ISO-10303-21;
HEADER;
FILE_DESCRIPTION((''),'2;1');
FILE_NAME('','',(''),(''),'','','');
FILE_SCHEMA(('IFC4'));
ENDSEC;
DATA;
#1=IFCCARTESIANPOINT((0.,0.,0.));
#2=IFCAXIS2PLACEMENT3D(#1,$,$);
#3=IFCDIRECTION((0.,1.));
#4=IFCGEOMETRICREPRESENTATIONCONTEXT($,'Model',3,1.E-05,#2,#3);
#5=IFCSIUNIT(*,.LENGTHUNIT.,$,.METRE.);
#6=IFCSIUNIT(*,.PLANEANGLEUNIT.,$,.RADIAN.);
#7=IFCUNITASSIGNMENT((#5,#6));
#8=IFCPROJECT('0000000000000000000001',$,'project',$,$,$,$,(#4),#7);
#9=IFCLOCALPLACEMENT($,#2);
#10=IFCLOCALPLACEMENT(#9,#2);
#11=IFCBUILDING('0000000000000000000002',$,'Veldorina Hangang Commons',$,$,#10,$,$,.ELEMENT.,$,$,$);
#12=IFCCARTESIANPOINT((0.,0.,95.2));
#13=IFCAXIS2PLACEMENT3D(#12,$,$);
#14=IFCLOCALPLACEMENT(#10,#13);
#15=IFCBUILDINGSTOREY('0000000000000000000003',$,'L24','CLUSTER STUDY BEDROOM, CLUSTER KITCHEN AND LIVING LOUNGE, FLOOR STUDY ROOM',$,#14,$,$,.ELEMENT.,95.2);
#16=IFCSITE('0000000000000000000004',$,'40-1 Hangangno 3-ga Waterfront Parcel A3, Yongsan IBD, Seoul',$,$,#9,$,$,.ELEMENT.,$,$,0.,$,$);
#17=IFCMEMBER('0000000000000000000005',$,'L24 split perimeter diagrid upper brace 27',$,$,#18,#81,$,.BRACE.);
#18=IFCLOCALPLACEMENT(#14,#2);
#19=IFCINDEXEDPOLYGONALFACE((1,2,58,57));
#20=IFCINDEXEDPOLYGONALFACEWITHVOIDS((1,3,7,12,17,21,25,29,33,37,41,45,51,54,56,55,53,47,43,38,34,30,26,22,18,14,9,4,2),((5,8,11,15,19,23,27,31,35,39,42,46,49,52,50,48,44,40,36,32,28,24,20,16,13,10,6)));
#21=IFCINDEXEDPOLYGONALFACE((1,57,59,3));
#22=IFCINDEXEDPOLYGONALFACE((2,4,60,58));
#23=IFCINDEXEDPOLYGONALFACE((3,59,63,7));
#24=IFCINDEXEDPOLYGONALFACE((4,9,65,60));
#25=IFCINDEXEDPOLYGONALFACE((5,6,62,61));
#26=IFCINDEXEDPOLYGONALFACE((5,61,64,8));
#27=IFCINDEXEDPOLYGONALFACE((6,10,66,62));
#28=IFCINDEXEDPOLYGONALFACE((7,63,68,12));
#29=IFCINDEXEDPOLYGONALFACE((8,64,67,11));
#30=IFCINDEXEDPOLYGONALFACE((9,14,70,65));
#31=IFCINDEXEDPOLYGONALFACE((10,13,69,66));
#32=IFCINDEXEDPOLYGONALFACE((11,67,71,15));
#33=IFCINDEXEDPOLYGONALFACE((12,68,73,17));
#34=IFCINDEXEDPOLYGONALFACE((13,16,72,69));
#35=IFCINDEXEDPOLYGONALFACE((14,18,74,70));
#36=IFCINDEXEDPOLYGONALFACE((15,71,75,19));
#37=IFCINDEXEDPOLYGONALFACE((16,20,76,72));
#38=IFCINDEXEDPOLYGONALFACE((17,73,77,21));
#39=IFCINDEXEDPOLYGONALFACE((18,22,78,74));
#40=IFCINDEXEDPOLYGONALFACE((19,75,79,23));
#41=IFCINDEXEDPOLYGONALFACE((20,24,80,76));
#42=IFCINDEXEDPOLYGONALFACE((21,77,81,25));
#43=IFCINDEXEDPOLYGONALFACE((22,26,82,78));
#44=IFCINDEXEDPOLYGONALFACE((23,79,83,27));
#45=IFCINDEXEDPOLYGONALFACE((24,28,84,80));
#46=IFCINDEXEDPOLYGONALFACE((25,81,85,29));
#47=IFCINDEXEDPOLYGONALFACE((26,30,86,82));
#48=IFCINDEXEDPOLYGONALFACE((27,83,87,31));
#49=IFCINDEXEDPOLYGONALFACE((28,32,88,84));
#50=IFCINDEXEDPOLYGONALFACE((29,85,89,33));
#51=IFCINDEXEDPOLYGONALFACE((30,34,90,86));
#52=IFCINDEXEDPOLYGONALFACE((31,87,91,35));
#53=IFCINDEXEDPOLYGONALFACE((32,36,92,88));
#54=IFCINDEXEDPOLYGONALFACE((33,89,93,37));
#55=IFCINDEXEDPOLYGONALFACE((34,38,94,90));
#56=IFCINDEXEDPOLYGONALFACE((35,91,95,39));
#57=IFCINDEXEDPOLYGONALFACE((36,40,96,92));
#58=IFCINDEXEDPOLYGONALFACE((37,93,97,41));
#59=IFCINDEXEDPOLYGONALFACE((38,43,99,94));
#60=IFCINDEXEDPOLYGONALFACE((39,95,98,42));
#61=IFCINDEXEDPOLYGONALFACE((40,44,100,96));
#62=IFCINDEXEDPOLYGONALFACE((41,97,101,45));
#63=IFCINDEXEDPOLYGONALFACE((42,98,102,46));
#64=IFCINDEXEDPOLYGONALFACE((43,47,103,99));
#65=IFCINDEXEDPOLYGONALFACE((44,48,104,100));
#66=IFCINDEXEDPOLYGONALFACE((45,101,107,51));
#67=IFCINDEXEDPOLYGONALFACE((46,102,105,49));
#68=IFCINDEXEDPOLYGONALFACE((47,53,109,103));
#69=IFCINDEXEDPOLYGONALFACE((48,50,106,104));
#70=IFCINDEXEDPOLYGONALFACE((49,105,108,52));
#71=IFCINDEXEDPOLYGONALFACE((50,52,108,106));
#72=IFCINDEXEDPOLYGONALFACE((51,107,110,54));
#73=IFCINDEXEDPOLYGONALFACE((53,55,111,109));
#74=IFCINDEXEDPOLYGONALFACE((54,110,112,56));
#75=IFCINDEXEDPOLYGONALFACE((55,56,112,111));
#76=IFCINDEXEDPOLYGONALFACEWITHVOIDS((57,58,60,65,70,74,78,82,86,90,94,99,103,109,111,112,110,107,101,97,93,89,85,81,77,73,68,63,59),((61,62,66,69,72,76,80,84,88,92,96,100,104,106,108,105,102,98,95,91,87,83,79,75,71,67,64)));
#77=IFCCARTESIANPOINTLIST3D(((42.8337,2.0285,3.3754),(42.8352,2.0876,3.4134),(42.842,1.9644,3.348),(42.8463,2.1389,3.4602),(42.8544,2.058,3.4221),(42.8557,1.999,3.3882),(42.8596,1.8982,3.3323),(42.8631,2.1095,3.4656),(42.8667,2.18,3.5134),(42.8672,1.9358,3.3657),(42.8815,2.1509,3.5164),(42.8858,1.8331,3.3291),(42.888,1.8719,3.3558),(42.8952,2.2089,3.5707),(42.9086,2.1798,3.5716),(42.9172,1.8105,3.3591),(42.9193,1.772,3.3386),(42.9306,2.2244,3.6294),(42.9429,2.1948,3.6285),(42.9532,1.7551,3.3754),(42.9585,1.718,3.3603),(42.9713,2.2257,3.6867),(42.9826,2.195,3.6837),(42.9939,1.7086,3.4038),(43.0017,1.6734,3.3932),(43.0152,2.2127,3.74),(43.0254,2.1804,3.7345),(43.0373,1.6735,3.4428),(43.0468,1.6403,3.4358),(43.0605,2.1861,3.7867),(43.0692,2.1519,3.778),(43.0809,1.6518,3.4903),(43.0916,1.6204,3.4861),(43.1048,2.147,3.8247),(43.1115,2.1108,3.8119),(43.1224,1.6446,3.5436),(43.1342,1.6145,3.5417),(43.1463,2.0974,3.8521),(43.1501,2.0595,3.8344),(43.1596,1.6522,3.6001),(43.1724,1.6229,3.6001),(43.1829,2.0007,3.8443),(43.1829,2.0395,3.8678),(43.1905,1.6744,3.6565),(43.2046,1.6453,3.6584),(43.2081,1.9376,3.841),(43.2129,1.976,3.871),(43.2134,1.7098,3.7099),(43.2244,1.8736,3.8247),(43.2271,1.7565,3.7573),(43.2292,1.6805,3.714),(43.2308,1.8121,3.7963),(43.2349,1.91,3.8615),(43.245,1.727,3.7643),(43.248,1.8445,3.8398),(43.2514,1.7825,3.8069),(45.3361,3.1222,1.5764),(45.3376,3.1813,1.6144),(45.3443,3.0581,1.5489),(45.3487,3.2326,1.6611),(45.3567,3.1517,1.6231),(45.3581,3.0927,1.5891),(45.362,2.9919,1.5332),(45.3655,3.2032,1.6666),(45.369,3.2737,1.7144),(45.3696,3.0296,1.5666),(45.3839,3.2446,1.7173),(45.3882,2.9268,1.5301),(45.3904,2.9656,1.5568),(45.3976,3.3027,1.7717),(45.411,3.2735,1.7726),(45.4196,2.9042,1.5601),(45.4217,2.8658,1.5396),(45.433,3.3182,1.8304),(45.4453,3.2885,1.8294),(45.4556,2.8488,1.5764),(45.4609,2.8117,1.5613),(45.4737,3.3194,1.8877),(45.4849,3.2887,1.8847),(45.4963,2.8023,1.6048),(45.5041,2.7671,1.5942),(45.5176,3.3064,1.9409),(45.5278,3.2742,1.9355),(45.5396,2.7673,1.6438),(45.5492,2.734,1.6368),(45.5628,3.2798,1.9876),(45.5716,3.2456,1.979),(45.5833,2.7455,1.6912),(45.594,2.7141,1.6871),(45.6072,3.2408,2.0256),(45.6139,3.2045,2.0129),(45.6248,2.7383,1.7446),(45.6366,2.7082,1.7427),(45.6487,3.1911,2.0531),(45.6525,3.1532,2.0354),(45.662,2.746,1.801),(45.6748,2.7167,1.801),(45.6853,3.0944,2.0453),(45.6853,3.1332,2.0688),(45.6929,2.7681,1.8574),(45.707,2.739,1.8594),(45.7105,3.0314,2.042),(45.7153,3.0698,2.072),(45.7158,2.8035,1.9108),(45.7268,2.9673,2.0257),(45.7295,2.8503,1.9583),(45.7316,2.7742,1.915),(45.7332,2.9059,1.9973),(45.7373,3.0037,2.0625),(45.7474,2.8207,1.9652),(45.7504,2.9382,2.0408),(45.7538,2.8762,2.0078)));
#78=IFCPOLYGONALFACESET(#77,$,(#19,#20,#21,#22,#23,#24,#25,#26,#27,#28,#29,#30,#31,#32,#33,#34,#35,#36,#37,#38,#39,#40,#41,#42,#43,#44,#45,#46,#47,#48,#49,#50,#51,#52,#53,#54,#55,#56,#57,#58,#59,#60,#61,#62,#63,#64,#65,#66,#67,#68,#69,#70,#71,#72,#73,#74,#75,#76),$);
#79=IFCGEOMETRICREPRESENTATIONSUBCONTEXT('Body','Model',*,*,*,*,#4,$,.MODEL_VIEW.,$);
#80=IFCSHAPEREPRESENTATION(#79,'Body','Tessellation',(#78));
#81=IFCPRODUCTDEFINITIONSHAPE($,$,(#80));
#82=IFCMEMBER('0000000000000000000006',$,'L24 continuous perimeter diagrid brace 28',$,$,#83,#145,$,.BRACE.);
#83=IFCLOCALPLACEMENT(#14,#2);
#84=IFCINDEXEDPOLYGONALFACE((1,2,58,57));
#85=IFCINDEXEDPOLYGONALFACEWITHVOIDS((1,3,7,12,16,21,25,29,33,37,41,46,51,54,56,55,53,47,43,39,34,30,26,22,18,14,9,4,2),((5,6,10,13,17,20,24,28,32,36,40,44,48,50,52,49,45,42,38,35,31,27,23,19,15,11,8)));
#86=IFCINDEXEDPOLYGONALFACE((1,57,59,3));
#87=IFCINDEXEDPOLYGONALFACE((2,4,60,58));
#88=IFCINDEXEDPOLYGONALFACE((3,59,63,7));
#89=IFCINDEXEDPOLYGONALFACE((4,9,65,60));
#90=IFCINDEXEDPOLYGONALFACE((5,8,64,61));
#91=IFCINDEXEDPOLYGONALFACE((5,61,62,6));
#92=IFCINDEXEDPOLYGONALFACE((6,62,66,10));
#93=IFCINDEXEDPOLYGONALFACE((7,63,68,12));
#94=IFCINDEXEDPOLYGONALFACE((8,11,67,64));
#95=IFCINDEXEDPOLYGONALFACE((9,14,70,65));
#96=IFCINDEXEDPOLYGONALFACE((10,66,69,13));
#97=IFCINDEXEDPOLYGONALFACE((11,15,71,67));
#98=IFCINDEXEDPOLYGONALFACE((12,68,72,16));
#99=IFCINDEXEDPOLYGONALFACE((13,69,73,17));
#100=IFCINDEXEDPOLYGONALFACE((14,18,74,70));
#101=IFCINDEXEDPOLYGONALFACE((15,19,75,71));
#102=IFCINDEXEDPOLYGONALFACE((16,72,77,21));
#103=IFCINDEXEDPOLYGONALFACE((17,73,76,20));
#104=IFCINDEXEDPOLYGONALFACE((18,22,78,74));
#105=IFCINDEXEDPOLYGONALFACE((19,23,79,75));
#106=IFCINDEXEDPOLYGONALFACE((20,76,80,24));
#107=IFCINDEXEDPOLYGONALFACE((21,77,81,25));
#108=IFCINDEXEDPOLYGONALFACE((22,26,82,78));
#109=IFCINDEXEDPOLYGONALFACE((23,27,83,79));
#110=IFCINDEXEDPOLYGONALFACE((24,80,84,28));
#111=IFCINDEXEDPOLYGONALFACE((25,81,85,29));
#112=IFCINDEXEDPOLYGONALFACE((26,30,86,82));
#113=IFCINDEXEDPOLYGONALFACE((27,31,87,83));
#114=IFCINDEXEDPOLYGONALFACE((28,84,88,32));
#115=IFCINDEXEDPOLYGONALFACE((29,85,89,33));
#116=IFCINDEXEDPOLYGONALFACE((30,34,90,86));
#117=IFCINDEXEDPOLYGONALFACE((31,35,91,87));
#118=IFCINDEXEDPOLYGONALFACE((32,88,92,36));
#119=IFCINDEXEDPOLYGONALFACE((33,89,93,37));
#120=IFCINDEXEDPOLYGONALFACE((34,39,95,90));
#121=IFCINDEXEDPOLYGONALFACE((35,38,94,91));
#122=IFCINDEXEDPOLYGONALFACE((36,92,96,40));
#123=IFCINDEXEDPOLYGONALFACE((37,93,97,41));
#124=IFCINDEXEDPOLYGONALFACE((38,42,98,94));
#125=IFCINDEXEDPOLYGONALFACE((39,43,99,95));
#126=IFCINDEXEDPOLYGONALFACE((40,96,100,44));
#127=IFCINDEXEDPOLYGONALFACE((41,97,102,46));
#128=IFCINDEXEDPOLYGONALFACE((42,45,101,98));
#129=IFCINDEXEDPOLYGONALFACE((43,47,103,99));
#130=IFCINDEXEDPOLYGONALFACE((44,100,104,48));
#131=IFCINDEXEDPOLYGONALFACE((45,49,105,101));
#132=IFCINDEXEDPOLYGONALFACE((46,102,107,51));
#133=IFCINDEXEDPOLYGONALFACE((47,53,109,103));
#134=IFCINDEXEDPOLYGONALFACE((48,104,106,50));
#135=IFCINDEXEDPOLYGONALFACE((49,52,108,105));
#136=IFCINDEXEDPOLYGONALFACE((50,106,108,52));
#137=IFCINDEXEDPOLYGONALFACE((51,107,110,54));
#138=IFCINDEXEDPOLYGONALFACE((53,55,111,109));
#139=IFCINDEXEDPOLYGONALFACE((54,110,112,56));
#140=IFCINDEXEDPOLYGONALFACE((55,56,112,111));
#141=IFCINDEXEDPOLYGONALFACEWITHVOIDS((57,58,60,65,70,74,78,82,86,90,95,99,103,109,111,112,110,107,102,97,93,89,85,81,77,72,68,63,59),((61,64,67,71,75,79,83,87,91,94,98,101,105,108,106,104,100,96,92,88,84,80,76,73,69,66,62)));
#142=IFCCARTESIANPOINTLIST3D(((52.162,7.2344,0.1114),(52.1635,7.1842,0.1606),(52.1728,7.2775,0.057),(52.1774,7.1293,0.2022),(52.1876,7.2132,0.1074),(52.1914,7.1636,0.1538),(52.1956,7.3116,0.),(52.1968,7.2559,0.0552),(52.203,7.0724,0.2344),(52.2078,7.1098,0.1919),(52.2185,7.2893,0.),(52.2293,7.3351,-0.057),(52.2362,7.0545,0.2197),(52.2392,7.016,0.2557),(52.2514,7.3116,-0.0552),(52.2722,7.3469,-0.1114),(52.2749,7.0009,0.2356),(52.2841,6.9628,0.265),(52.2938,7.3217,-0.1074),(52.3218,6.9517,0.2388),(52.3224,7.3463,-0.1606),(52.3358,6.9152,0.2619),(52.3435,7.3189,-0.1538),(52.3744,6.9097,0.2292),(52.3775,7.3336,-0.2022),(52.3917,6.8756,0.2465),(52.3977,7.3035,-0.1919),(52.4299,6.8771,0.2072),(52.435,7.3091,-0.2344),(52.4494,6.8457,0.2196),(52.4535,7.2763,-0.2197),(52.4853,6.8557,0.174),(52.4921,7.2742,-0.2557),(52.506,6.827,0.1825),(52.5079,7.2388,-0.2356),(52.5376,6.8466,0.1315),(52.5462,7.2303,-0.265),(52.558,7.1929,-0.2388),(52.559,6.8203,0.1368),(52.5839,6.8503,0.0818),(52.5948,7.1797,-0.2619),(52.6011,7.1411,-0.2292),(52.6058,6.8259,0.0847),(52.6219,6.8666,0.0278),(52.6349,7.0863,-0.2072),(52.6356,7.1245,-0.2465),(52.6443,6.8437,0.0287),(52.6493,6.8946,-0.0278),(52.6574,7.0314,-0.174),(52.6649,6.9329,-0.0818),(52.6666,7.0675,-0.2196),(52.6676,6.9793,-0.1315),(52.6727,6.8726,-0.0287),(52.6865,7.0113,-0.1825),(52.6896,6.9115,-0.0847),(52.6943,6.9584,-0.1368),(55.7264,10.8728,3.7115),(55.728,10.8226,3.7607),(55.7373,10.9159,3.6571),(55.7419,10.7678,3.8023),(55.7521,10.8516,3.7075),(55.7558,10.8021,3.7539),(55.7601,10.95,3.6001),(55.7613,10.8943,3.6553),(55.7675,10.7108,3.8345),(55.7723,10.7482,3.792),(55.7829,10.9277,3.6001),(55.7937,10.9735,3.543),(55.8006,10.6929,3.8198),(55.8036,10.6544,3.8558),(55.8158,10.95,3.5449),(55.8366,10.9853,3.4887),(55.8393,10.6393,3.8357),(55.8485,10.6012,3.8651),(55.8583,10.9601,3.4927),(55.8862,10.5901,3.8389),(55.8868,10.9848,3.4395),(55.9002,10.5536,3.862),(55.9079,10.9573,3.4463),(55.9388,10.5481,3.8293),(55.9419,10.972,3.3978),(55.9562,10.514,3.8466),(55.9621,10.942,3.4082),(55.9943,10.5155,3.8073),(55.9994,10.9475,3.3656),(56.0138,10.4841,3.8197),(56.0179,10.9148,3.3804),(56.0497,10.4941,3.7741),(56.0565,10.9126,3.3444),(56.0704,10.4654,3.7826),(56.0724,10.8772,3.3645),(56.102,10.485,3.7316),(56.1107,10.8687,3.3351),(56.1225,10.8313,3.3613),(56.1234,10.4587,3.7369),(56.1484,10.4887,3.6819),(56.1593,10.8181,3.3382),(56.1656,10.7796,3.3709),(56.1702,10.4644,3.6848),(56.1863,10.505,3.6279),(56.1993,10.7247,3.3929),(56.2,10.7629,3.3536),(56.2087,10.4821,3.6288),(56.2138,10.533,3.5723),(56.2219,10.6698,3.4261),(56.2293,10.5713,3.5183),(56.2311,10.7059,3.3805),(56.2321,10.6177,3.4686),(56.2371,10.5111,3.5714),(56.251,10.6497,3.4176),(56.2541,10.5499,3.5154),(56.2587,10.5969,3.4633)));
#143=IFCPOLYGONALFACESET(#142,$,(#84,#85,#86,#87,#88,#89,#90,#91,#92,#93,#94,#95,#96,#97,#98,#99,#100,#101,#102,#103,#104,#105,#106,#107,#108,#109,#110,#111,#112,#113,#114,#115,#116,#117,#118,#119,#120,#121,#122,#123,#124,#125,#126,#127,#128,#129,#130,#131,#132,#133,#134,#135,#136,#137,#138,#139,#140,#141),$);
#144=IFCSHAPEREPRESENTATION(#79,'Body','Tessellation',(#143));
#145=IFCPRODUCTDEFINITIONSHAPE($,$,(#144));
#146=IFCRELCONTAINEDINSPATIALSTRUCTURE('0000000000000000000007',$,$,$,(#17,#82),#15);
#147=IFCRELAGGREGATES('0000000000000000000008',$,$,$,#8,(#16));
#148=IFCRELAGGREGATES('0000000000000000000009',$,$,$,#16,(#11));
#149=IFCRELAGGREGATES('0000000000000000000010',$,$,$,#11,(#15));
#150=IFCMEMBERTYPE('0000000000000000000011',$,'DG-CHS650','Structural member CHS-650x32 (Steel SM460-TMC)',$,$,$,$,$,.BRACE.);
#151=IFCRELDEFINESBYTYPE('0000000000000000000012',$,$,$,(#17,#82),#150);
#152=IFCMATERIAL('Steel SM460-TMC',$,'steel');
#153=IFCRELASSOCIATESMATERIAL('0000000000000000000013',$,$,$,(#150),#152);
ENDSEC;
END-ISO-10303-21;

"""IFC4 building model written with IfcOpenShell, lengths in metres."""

from ifc_helpers import new_model, si_unit, direction, frame, origin, origin_2d, place, context, subcontext, project, spatial, hollow_circle, extrude, material, material_profile, profile_set, type_object, element, save


model = new_model("IFC4")

# Units and contexts
model_context = context("Model", 3, precision=1e-05, world=origin(), true_north=direction((0.0, 1.0)))
body_context = subcontext(model_context, "Body", "Model", "MODEL_VIEW")
ifc_project = project(units=[si_unit("LENGTHUNIT", "METRE"), si_unit("PLANEANGLEUNIT", "RADIAN")], contexts=[model_context])

# Site, building, storey
site_placement = place(None, origin())
site = spatial("IfcSite", under=ifc_project, at=site_placement, Name="40-1 Hangangno 3-ga Waterfront Parcel A3, Yongsan IBD, Seoul", CompositionType="ELEMENT", RefElevation=0.0)
building_placement = place(site_placement, origin())
building = spatial("IfcBuilding", under=site, at=building_placement, Name="Veldorina Hangang Commons", CompositionType="ELEMENT")
storey_placement = place(building_placement, frame((0.0, 0.0, 95.2)))
storey = spatial("IfcBuildingStorey", under=building, at=storey_placement, Name="L24", Description="CLUSTER STUDY BEDROOM, CLUSTER KITCHEN AND LIVING LOUNGE, FLOOR STUDY ROOM", CompositionType="ELEMENT", Elevation=95.2)

# Members
ifc_material_1 = material(Name="Steel SM460-TMC", Category="steel")
ifc_material_profile_1 = material_profile(ifc_material_1, hollow_circle(Radius=0.325, WallThickness=0.032, at=origin_2d()), Name="CHS-650x32")
ifc_profile_set_1 = profile_set([ifc_material_profile_1], Name="Steel SM460-TMC")
member_type_1 = type_object("IfcMemberType", Name="DG-CHS650", Description="Structural member CHS-650x32 (Steel SM460-TMC)", PredefinedType="BRACE", material=ifc_profile_set_1)
member_1_placement = place(storey_placement, frame((45.5447, 3.0144, 1.801), z_axis=(-0.765192, -0.334445, 0.550117), x_axis=(0.400491, -0.916301, 0.0)))
element("IfcMember", 1, at=member_1_placement, inside=storey, type_object=member_type_1, Name="L24 split perimeter diagrid upper brace 27", PredefinedType="BRACE", context=body_context, shape_type="SweptSolid", body=[
    extrude(hollow_circle(Radius=0.325, WallThickness=0.032, at=origin_2d()), origin(), (0.0, 0.0, 1.0), 3.2703),
])
member_2_placement = place(storey_placement, frame((52.4277, 7.0842, 0.0), z_axis=(0.571472, 0.583332, 0.577186), x_axis=(-0.714331, 0.699808, 0.0)))
element("IfcMember", 2, at=member_2_placement, inside=storey, type_object=member_type_1, Name="L24 continuous perimeter diagrid brace 28", PredefinedType="BRACE", context=body_context, shape_type="SweptSolid", body=[
    extrude(hollow_circle(Radius=0.325, WallThickness=0.032, at=origin_2d()), origin(), (0.0, 0.0, 1.0), 6.2373),
])

save(model, "model.ifc")
